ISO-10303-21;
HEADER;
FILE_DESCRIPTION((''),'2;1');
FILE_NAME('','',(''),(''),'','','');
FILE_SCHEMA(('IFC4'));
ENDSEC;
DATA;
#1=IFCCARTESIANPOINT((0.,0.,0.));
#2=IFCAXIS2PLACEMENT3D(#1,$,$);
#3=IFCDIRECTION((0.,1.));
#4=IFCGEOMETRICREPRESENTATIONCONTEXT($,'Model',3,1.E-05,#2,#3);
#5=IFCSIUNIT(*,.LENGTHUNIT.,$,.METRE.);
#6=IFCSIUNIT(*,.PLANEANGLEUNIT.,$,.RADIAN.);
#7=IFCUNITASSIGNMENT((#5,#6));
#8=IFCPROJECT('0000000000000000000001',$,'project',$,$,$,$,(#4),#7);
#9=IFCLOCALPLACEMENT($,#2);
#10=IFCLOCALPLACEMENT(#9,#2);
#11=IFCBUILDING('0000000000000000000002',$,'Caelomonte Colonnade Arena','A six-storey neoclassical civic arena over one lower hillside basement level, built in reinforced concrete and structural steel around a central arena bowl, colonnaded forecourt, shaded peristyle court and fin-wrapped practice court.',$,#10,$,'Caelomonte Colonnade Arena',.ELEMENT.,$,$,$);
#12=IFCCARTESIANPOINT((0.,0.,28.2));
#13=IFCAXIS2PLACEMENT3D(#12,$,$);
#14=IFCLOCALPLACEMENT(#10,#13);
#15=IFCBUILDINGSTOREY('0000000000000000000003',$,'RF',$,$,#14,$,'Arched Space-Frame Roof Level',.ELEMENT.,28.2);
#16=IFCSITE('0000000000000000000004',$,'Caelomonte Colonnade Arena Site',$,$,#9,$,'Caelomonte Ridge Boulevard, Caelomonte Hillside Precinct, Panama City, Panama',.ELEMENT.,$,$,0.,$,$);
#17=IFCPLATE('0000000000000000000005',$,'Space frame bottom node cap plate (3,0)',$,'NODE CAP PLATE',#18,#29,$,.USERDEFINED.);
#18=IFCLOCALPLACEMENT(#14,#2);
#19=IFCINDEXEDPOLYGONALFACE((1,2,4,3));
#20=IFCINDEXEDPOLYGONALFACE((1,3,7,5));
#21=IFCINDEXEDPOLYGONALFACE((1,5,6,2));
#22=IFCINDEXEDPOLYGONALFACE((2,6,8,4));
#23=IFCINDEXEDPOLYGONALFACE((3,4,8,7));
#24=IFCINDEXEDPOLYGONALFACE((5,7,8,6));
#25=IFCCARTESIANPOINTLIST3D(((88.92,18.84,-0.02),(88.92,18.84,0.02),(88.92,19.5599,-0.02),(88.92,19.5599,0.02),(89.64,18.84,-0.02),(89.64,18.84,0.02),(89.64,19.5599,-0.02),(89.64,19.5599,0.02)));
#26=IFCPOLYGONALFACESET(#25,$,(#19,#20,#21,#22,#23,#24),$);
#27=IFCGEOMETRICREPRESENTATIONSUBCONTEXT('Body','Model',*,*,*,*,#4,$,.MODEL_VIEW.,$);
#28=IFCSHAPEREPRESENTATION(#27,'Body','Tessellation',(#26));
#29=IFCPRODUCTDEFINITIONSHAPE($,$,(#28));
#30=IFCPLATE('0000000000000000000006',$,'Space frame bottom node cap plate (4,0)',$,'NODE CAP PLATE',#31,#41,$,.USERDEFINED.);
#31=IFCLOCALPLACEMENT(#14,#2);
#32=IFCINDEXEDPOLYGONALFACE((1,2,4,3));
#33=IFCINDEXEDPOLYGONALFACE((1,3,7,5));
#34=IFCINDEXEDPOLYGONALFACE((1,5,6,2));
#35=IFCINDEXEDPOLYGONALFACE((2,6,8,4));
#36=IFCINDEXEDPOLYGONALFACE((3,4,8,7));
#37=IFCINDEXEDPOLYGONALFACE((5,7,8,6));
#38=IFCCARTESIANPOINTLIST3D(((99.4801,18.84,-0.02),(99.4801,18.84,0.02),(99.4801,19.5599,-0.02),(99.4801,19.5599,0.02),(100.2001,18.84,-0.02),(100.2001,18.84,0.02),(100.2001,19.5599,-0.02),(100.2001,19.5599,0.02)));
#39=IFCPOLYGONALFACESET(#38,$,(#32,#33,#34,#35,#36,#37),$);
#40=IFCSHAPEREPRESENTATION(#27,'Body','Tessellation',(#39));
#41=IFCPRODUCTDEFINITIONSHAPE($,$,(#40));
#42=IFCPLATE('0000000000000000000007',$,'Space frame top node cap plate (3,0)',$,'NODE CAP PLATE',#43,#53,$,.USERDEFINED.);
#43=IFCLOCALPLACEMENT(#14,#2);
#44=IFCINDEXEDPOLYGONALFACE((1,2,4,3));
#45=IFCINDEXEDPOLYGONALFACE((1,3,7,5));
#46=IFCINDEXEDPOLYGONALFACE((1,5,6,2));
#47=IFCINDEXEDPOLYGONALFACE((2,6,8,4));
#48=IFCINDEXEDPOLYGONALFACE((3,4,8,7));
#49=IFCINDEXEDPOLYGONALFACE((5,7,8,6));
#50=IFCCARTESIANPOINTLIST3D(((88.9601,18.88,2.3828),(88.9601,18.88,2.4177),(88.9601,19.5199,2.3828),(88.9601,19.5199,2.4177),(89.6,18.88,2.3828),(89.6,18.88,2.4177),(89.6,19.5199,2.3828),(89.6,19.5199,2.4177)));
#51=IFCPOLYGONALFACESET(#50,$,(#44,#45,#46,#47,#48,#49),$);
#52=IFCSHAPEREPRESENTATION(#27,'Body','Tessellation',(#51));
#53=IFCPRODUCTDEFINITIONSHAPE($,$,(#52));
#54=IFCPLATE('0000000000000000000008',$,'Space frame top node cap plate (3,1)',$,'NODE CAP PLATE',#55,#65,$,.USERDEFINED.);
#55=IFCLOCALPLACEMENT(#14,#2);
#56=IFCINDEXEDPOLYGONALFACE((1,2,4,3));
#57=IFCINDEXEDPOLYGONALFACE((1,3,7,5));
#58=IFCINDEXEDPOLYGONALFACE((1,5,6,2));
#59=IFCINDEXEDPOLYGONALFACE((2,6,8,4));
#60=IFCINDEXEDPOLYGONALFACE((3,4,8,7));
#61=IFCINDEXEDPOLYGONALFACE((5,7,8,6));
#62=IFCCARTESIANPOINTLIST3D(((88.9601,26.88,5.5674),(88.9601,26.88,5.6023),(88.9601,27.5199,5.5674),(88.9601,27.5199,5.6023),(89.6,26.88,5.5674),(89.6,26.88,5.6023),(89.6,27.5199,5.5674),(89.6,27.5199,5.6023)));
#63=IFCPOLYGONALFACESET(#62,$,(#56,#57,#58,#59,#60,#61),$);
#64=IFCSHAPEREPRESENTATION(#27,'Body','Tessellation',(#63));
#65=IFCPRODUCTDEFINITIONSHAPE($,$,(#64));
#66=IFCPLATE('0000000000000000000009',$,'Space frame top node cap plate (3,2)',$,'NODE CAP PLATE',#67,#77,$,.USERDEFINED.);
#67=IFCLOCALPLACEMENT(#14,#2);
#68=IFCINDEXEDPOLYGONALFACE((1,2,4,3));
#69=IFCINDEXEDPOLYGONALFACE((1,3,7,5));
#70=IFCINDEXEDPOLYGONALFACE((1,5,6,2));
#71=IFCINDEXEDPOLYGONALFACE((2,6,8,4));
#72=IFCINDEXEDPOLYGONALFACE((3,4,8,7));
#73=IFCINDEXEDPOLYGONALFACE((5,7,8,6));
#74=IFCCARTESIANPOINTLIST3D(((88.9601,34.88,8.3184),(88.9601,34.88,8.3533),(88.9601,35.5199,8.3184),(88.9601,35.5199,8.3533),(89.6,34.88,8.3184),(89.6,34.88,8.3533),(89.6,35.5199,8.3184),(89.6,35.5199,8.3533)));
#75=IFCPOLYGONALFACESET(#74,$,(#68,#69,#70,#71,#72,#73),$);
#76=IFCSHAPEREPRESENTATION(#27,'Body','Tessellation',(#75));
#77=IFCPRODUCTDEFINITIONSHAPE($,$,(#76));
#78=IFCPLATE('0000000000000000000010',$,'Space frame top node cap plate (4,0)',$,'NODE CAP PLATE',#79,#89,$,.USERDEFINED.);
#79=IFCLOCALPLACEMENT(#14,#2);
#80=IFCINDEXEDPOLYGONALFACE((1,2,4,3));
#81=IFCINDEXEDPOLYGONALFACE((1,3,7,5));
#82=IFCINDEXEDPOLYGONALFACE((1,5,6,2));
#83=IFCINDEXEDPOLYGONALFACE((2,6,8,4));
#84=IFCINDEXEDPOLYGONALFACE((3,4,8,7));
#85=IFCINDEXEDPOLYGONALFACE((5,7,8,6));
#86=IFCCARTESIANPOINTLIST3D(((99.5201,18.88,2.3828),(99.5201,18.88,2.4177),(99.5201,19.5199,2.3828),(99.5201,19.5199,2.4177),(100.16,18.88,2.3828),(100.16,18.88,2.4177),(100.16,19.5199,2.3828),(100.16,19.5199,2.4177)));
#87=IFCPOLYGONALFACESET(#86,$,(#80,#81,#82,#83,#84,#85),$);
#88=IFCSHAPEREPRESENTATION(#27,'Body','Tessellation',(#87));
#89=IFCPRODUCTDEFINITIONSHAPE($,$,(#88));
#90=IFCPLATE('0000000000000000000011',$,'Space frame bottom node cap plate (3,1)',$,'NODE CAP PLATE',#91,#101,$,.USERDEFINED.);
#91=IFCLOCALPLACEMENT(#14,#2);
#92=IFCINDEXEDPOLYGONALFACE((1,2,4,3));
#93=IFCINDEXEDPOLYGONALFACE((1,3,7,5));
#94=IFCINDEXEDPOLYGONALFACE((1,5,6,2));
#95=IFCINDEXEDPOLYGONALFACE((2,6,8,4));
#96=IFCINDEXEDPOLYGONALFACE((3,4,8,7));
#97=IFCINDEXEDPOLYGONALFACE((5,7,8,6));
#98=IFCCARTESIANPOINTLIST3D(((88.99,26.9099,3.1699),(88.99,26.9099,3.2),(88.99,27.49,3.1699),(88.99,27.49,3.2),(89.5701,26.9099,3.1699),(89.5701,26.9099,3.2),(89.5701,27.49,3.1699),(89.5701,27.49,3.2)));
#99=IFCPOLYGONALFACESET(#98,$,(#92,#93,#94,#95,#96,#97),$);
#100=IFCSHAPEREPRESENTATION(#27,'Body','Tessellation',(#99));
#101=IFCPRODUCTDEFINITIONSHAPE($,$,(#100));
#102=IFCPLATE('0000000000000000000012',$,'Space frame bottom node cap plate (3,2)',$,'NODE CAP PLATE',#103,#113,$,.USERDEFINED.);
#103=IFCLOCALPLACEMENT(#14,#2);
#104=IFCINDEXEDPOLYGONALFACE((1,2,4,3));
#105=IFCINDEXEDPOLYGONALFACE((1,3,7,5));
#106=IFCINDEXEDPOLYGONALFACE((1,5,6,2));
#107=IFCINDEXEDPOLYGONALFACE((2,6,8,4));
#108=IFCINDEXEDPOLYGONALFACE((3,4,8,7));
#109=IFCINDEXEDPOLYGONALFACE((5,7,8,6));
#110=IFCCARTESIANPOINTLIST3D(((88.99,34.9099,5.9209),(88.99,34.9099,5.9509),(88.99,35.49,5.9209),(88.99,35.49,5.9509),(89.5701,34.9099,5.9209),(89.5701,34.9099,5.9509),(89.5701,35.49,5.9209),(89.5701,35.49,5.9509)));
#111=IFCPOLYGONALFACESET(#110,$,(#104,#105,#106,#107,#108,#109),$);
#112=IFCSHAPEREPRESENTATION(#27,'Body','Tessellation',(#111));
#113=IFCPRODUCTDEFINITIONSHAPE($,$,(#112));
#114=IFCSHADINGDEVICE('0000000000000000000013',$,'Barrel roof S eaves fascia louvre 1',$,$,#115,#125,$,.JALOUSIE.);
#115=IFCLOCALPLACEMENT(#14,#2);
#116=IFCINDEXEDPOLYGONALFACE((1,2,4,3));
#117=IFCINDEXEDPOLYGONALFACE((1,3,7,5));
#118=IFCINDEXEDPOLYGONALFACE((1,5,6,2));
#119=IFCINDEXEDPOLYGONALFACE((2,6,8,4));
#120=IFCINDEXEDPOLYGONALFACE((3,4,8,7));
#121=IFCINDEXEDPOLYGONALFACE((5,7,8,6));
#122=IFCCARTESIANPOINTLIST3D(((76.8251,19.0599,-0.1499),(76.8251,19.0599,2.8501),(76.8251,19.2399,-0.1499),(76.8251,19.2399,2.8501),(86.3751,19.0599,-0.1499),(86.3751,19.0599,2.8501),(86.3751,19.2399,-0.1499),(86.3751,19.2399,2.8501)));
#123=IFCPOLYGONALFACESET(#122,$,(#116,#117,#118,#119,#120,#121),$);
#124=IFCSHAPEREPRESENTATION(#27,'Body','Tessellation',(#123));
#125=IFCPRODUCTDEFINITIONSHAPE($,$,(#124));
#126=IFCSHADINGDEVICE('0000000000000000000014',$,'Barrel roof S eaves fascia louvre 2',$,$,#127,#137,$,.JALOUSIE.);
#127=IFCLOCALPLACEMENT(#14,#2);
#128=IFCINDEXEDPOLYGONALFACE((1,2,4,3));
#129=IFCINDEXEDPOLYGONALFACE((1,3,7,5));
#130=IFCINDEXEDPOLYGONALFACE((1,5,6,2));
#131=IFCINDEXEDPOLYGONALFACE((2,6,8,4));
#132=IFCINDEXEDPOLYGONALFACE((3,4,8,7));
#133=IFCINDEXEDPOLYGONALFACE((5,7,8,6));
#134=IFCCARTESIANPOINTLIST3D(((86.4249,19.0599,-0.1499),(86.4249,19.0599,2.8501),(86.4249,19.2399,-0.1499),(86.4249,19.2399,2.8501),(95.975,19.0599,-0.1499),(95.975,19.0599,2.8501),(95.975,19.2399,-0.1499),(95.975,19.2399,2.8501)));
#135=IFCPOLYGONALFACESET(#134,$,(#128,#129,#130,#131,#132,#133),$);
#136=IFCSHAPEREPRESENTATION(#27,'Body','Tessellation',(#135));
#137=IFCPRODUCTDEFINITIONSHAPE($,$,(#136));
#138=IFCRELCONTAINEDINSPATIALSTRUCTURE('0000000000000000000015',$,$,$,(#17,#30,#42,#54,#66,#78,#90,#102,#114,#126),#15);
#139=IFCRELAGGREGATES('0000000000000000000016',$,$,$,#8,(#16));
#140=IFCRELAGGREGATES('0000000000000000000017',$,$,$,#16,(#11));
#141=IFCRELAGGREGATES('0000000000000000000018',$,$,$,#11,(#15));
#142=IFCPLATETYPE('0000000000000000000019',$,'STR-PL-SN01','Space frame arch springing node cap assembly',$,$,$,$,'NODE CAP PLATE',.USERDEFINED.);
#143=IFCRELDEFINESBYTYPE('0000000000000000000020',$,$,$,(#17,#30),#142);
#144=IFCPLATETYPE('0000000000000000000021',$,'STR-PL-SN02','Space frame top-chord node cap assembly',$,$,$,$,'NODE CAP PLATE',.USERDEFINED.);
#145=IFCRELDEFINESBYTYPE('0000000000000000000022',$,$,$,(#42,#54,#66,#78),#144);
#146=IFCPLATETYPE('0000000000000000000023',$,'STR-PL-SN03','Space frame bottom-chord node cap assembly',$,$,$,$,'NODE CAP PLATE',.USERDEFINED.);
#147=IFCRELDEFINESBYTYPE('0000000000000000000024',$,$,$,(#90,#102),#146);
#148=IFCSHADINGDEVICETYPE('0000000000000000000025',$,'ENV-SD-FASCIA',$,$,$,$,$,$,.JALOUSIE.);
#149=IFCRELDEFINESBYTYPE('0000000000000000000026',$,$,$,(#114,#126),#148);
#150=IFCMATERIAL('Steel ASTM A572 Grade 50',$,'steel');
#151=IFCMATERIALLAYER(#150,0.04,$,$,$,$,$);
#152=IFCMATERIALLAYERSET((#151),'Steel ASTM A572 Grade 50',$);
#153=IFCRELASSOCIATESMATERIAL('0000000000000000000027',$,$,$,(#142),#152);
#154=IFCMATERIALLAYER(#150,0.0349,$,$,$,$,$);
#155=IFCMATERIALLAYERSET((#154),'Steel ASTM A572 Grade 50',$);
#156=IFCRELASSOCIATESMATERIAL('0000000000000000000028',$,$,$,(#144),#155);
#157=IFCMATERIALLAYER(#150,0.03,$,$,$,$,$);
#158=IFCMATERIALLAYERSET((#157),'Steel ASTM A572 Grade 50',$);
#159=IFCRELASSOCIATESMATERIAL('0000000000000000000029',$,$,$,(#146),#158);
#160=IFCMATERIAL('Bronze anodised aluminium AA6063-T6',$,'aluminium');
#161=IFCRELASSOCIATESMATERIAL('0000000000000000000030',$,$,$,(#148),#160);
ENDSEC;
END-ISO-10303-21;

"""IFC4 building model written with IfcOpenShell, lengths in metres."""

from ifc_helpers import new_model, si_unit, direction, frame, origin, origin_2d, place, context, subcontext, project, spatial, rectangle, extrude, material, layer, layer_set, type_object, element, save


model = new_model("IFC4")

# Units and contexts
model_context = context("Model", 3, precision=1e-05, world=origin(), true_north=direction((0.0, 1.0)))
body_context = subcontext(model_context, "Body", "Model", "MODEL_VIEW")
ifc_project = project(units=[si_unit("LENGTHUNIT", "METRE"), si_unit("PLANEANGLEUNIT", "RADIAN")], contexts=[model_context])

# Site, building, storey
site_placement = place(None, origin())
site = spatial("IfcSite", under=ifc_project, at=site_placement, Name="Caelomonte Colonnade Arena Site", LongName="Caelomonte Ridge Boulevard, Caelomonte Hillside Precinct, Panama City, Panama", CompositionType="ELEMENT", RefElevation=0.0)
building_placement = place(site_placement, origin())
building = spatial("IfcBuilding", under=site, at=building_placement, Name="Caelomonte Colonnade Arena", Description="A six-storey neoclassical civic arena over one lower hillside basement level, built in reinforced concrete and structural steel around a central arena bowl, colonnaded forecourt, shaded peristyle court and fin-wrapped practice court.", LongName="Caelomonte Colonnade Arena", CompositionType="ELEMENT")
storey_placement = place(building_placement, frame((0.0, 0.0, 28.2)))
storey = spatial("IfcBuildingStorey", under=building, at=storey_placement, Name="RF", LongName="Arched Space-Frame Roof Level", CompositionType="ELEMENT", Elevation=28.2)

# Plates
ifc_material_1 = material(Name="Steel ASTM A572 Grade 50", Category="steel")
ifc_layer_1 = layer(ifc_material_1, 0.04)
ifc_layer_set_1 = layer_set([ifc_layer_1], Name="Steel ASTM A572 Grade 50")
plate_type_1 = type_object("IfcPlateType", Name="STR-PL-SN01", Description="Space frame arch springing node cap assembly", ElementType="NODE CAP PLATE", PredefinedType="USERDEFINED", material=ifc_layer_set_1)
for number, where, z_axis, x_axis, name in (
    (1, (89.28, 19.2, -0.02), (0.0, 0.0, 1.0), (1.0, 0.0, 0.0), "Space frame bottom node cap plate (3,0)"),
    (2, (99.8401, 19.2, -0.02), (0.0, 0.0, 1.0), (1.0, 0.0, 0.0), "Space frame bottom node cap plate (4,0)"),
):
    element("IfcPlate", number, at=place(storey_placement, frame(where, z_axis=z_axis, x_axis=x_axis)), inside=storey, type_object=plate_type_1, Name=name, ObjectType="NODE CAP PLATE", PredefinedType="USERDEFINED", context=body_context, shape_type="SweptSolid", body=[
        extrude(rectangle(XDim=0.72, YDim=0.72, at=origin_2d()), origin(), (0.0, 0.0, 1.0), 0.04),
    ])
ifc_layer_2 = layer(ifc_material_1, 0.0349)
ifc_layer_set_2 = layer_set([ifc_layer_2], Name="Steel ASTM A572 Grade 50")
plate_type_2 = type_object("IfcPlateType", Name="STR-PL-SN02", Description="Space frame top-chord node cap assembly", ElementType="NODE CAP PLATE", PredefinedType="USERDEFINED", material=ifc_layer_set_2)
for number, where, z_axis, x_axis, name in (
    (3, (89.28, 19.2, 2.3828), (0.0, 0.0, 1.0), (1.0, 0.0, 0.0), "Space frame top node cap plate (3,0)"),
    (4, (89.28, 27.2, 5.5674), (0.0, 0.0, 1.0), (1.0, 0.0, 0.0), "Space frame top node cap plate (3,1)"),
    (5, (89.28, 35.2, 8.3184), (0.0, 0.0, 1.0), (1.0, 0.0, 0.0), "Space frame top node cap plate (3,2)"),
    (6, (99.8401, 19.2, 2.3828), (0.0, 0.0, 1.0), (1.0, 0.0, 0.0), "Space frame top node cap plate (4,0)"),
):
    element("IfcPlate", number, at=place(storey_placement, frame(where, z_axis=z_axis, x_axis=x_axis)), inside=storey, type_object=plate_type_2, Name=name, ObjectType="NODE CAP PLATE", PredefinedType="USERDEFINED", context=body_context, shape_type="SweptSolid", body=[
        extrude(rectangle(XDim=0.6399, YDim=0.6399, at=origin_2d()), origin(), (0.0, 0.0, 1.0), 0.0349),
    ])
ifc_layer_3 = layer(ifc_material_1, 0.03)
ifc_layer_set_3 = layer_set([ifc_layer_3], Name="Steel ASTM A572 Grade 50")
plate_type_3 = type_object("IfcPlateType", Name="STR-PL-SN03", Description="Space frame bottom-chord node cap assembly", ElementType="NODE CAP PLATE", PredefinedType="USERDEFINED", material=ifc_layer_set_3)
for number, where, z_axis, x_axis, name in (
    (7, (89.28, 27.2, 3.1699), (0.0, 0.0, 1.0), (1.0, 0.0, 0.0), "Space frame bottom node cap plate (3,1)"),
    (8, (89.28, 35.2, 5.9209), (0.0, 0.0, 1.0), (1.0, 0.0, 0.0), "Space frame bottom node cap plate (3,2)"),
):
    element("IfcPlate", number, at=place(storey_placement, frame(where, z_axis=z_axis, x_axis=x_axis)), inside=storey, type_object=plate_type_3, Name=name, ObjectType="NODE CAP PLATE", PredefinedType="USERDEFINED", context=body_context, shape_type="SweptSolid", body=[
        extrude(rectangle(XDim=0.5801, YDim=0.5801, at=origin_2d()), origin(), (0.0, 0.0, 1.0), 0.03),
    ])

# Shading devices
ifc_material_2 = material(Name="Bronze anodised aluminium AA6063-T6", Category="aluminium")
shading_device_type = type_object("IfcShadingDeviceType", Name="ENV-SD-FASCIA", PredefinedType="JALOUSIE", material=ifc_material_2)
for number, where, z_axis, x_axis, name in (
    (9, (81.6001, 19.1499, -0.1499), (0.0, 0.0, 1.0), (1.0, 0.0, 0.0), "Barrel roof S eaves fascia louvre 1"),
    (10, (91.2, 19.1499, -0.1499), (0.0, 0.0, 1.0), (1.0, 0.0, 0.0), "Barrel roof S eaves fascia louvre 2"),
):
    element("IfcShadingDevice", number, at=place(storey_placement, frame(where, z_axis=z_axis, x_axis=x_axis)), inside=storey, type_object=shading_device_type, Name=name, PredefinedType="JALOUSIE", context=body_context, shape_type="SweptSolid", body=[
        extrude(rectangle(XDim=9.55, YDim=0.1799, at=origin_2d()), origin(), (0.0, 0.0, 1.0), 3.0),
    ])

save(model, "model.ifc")
